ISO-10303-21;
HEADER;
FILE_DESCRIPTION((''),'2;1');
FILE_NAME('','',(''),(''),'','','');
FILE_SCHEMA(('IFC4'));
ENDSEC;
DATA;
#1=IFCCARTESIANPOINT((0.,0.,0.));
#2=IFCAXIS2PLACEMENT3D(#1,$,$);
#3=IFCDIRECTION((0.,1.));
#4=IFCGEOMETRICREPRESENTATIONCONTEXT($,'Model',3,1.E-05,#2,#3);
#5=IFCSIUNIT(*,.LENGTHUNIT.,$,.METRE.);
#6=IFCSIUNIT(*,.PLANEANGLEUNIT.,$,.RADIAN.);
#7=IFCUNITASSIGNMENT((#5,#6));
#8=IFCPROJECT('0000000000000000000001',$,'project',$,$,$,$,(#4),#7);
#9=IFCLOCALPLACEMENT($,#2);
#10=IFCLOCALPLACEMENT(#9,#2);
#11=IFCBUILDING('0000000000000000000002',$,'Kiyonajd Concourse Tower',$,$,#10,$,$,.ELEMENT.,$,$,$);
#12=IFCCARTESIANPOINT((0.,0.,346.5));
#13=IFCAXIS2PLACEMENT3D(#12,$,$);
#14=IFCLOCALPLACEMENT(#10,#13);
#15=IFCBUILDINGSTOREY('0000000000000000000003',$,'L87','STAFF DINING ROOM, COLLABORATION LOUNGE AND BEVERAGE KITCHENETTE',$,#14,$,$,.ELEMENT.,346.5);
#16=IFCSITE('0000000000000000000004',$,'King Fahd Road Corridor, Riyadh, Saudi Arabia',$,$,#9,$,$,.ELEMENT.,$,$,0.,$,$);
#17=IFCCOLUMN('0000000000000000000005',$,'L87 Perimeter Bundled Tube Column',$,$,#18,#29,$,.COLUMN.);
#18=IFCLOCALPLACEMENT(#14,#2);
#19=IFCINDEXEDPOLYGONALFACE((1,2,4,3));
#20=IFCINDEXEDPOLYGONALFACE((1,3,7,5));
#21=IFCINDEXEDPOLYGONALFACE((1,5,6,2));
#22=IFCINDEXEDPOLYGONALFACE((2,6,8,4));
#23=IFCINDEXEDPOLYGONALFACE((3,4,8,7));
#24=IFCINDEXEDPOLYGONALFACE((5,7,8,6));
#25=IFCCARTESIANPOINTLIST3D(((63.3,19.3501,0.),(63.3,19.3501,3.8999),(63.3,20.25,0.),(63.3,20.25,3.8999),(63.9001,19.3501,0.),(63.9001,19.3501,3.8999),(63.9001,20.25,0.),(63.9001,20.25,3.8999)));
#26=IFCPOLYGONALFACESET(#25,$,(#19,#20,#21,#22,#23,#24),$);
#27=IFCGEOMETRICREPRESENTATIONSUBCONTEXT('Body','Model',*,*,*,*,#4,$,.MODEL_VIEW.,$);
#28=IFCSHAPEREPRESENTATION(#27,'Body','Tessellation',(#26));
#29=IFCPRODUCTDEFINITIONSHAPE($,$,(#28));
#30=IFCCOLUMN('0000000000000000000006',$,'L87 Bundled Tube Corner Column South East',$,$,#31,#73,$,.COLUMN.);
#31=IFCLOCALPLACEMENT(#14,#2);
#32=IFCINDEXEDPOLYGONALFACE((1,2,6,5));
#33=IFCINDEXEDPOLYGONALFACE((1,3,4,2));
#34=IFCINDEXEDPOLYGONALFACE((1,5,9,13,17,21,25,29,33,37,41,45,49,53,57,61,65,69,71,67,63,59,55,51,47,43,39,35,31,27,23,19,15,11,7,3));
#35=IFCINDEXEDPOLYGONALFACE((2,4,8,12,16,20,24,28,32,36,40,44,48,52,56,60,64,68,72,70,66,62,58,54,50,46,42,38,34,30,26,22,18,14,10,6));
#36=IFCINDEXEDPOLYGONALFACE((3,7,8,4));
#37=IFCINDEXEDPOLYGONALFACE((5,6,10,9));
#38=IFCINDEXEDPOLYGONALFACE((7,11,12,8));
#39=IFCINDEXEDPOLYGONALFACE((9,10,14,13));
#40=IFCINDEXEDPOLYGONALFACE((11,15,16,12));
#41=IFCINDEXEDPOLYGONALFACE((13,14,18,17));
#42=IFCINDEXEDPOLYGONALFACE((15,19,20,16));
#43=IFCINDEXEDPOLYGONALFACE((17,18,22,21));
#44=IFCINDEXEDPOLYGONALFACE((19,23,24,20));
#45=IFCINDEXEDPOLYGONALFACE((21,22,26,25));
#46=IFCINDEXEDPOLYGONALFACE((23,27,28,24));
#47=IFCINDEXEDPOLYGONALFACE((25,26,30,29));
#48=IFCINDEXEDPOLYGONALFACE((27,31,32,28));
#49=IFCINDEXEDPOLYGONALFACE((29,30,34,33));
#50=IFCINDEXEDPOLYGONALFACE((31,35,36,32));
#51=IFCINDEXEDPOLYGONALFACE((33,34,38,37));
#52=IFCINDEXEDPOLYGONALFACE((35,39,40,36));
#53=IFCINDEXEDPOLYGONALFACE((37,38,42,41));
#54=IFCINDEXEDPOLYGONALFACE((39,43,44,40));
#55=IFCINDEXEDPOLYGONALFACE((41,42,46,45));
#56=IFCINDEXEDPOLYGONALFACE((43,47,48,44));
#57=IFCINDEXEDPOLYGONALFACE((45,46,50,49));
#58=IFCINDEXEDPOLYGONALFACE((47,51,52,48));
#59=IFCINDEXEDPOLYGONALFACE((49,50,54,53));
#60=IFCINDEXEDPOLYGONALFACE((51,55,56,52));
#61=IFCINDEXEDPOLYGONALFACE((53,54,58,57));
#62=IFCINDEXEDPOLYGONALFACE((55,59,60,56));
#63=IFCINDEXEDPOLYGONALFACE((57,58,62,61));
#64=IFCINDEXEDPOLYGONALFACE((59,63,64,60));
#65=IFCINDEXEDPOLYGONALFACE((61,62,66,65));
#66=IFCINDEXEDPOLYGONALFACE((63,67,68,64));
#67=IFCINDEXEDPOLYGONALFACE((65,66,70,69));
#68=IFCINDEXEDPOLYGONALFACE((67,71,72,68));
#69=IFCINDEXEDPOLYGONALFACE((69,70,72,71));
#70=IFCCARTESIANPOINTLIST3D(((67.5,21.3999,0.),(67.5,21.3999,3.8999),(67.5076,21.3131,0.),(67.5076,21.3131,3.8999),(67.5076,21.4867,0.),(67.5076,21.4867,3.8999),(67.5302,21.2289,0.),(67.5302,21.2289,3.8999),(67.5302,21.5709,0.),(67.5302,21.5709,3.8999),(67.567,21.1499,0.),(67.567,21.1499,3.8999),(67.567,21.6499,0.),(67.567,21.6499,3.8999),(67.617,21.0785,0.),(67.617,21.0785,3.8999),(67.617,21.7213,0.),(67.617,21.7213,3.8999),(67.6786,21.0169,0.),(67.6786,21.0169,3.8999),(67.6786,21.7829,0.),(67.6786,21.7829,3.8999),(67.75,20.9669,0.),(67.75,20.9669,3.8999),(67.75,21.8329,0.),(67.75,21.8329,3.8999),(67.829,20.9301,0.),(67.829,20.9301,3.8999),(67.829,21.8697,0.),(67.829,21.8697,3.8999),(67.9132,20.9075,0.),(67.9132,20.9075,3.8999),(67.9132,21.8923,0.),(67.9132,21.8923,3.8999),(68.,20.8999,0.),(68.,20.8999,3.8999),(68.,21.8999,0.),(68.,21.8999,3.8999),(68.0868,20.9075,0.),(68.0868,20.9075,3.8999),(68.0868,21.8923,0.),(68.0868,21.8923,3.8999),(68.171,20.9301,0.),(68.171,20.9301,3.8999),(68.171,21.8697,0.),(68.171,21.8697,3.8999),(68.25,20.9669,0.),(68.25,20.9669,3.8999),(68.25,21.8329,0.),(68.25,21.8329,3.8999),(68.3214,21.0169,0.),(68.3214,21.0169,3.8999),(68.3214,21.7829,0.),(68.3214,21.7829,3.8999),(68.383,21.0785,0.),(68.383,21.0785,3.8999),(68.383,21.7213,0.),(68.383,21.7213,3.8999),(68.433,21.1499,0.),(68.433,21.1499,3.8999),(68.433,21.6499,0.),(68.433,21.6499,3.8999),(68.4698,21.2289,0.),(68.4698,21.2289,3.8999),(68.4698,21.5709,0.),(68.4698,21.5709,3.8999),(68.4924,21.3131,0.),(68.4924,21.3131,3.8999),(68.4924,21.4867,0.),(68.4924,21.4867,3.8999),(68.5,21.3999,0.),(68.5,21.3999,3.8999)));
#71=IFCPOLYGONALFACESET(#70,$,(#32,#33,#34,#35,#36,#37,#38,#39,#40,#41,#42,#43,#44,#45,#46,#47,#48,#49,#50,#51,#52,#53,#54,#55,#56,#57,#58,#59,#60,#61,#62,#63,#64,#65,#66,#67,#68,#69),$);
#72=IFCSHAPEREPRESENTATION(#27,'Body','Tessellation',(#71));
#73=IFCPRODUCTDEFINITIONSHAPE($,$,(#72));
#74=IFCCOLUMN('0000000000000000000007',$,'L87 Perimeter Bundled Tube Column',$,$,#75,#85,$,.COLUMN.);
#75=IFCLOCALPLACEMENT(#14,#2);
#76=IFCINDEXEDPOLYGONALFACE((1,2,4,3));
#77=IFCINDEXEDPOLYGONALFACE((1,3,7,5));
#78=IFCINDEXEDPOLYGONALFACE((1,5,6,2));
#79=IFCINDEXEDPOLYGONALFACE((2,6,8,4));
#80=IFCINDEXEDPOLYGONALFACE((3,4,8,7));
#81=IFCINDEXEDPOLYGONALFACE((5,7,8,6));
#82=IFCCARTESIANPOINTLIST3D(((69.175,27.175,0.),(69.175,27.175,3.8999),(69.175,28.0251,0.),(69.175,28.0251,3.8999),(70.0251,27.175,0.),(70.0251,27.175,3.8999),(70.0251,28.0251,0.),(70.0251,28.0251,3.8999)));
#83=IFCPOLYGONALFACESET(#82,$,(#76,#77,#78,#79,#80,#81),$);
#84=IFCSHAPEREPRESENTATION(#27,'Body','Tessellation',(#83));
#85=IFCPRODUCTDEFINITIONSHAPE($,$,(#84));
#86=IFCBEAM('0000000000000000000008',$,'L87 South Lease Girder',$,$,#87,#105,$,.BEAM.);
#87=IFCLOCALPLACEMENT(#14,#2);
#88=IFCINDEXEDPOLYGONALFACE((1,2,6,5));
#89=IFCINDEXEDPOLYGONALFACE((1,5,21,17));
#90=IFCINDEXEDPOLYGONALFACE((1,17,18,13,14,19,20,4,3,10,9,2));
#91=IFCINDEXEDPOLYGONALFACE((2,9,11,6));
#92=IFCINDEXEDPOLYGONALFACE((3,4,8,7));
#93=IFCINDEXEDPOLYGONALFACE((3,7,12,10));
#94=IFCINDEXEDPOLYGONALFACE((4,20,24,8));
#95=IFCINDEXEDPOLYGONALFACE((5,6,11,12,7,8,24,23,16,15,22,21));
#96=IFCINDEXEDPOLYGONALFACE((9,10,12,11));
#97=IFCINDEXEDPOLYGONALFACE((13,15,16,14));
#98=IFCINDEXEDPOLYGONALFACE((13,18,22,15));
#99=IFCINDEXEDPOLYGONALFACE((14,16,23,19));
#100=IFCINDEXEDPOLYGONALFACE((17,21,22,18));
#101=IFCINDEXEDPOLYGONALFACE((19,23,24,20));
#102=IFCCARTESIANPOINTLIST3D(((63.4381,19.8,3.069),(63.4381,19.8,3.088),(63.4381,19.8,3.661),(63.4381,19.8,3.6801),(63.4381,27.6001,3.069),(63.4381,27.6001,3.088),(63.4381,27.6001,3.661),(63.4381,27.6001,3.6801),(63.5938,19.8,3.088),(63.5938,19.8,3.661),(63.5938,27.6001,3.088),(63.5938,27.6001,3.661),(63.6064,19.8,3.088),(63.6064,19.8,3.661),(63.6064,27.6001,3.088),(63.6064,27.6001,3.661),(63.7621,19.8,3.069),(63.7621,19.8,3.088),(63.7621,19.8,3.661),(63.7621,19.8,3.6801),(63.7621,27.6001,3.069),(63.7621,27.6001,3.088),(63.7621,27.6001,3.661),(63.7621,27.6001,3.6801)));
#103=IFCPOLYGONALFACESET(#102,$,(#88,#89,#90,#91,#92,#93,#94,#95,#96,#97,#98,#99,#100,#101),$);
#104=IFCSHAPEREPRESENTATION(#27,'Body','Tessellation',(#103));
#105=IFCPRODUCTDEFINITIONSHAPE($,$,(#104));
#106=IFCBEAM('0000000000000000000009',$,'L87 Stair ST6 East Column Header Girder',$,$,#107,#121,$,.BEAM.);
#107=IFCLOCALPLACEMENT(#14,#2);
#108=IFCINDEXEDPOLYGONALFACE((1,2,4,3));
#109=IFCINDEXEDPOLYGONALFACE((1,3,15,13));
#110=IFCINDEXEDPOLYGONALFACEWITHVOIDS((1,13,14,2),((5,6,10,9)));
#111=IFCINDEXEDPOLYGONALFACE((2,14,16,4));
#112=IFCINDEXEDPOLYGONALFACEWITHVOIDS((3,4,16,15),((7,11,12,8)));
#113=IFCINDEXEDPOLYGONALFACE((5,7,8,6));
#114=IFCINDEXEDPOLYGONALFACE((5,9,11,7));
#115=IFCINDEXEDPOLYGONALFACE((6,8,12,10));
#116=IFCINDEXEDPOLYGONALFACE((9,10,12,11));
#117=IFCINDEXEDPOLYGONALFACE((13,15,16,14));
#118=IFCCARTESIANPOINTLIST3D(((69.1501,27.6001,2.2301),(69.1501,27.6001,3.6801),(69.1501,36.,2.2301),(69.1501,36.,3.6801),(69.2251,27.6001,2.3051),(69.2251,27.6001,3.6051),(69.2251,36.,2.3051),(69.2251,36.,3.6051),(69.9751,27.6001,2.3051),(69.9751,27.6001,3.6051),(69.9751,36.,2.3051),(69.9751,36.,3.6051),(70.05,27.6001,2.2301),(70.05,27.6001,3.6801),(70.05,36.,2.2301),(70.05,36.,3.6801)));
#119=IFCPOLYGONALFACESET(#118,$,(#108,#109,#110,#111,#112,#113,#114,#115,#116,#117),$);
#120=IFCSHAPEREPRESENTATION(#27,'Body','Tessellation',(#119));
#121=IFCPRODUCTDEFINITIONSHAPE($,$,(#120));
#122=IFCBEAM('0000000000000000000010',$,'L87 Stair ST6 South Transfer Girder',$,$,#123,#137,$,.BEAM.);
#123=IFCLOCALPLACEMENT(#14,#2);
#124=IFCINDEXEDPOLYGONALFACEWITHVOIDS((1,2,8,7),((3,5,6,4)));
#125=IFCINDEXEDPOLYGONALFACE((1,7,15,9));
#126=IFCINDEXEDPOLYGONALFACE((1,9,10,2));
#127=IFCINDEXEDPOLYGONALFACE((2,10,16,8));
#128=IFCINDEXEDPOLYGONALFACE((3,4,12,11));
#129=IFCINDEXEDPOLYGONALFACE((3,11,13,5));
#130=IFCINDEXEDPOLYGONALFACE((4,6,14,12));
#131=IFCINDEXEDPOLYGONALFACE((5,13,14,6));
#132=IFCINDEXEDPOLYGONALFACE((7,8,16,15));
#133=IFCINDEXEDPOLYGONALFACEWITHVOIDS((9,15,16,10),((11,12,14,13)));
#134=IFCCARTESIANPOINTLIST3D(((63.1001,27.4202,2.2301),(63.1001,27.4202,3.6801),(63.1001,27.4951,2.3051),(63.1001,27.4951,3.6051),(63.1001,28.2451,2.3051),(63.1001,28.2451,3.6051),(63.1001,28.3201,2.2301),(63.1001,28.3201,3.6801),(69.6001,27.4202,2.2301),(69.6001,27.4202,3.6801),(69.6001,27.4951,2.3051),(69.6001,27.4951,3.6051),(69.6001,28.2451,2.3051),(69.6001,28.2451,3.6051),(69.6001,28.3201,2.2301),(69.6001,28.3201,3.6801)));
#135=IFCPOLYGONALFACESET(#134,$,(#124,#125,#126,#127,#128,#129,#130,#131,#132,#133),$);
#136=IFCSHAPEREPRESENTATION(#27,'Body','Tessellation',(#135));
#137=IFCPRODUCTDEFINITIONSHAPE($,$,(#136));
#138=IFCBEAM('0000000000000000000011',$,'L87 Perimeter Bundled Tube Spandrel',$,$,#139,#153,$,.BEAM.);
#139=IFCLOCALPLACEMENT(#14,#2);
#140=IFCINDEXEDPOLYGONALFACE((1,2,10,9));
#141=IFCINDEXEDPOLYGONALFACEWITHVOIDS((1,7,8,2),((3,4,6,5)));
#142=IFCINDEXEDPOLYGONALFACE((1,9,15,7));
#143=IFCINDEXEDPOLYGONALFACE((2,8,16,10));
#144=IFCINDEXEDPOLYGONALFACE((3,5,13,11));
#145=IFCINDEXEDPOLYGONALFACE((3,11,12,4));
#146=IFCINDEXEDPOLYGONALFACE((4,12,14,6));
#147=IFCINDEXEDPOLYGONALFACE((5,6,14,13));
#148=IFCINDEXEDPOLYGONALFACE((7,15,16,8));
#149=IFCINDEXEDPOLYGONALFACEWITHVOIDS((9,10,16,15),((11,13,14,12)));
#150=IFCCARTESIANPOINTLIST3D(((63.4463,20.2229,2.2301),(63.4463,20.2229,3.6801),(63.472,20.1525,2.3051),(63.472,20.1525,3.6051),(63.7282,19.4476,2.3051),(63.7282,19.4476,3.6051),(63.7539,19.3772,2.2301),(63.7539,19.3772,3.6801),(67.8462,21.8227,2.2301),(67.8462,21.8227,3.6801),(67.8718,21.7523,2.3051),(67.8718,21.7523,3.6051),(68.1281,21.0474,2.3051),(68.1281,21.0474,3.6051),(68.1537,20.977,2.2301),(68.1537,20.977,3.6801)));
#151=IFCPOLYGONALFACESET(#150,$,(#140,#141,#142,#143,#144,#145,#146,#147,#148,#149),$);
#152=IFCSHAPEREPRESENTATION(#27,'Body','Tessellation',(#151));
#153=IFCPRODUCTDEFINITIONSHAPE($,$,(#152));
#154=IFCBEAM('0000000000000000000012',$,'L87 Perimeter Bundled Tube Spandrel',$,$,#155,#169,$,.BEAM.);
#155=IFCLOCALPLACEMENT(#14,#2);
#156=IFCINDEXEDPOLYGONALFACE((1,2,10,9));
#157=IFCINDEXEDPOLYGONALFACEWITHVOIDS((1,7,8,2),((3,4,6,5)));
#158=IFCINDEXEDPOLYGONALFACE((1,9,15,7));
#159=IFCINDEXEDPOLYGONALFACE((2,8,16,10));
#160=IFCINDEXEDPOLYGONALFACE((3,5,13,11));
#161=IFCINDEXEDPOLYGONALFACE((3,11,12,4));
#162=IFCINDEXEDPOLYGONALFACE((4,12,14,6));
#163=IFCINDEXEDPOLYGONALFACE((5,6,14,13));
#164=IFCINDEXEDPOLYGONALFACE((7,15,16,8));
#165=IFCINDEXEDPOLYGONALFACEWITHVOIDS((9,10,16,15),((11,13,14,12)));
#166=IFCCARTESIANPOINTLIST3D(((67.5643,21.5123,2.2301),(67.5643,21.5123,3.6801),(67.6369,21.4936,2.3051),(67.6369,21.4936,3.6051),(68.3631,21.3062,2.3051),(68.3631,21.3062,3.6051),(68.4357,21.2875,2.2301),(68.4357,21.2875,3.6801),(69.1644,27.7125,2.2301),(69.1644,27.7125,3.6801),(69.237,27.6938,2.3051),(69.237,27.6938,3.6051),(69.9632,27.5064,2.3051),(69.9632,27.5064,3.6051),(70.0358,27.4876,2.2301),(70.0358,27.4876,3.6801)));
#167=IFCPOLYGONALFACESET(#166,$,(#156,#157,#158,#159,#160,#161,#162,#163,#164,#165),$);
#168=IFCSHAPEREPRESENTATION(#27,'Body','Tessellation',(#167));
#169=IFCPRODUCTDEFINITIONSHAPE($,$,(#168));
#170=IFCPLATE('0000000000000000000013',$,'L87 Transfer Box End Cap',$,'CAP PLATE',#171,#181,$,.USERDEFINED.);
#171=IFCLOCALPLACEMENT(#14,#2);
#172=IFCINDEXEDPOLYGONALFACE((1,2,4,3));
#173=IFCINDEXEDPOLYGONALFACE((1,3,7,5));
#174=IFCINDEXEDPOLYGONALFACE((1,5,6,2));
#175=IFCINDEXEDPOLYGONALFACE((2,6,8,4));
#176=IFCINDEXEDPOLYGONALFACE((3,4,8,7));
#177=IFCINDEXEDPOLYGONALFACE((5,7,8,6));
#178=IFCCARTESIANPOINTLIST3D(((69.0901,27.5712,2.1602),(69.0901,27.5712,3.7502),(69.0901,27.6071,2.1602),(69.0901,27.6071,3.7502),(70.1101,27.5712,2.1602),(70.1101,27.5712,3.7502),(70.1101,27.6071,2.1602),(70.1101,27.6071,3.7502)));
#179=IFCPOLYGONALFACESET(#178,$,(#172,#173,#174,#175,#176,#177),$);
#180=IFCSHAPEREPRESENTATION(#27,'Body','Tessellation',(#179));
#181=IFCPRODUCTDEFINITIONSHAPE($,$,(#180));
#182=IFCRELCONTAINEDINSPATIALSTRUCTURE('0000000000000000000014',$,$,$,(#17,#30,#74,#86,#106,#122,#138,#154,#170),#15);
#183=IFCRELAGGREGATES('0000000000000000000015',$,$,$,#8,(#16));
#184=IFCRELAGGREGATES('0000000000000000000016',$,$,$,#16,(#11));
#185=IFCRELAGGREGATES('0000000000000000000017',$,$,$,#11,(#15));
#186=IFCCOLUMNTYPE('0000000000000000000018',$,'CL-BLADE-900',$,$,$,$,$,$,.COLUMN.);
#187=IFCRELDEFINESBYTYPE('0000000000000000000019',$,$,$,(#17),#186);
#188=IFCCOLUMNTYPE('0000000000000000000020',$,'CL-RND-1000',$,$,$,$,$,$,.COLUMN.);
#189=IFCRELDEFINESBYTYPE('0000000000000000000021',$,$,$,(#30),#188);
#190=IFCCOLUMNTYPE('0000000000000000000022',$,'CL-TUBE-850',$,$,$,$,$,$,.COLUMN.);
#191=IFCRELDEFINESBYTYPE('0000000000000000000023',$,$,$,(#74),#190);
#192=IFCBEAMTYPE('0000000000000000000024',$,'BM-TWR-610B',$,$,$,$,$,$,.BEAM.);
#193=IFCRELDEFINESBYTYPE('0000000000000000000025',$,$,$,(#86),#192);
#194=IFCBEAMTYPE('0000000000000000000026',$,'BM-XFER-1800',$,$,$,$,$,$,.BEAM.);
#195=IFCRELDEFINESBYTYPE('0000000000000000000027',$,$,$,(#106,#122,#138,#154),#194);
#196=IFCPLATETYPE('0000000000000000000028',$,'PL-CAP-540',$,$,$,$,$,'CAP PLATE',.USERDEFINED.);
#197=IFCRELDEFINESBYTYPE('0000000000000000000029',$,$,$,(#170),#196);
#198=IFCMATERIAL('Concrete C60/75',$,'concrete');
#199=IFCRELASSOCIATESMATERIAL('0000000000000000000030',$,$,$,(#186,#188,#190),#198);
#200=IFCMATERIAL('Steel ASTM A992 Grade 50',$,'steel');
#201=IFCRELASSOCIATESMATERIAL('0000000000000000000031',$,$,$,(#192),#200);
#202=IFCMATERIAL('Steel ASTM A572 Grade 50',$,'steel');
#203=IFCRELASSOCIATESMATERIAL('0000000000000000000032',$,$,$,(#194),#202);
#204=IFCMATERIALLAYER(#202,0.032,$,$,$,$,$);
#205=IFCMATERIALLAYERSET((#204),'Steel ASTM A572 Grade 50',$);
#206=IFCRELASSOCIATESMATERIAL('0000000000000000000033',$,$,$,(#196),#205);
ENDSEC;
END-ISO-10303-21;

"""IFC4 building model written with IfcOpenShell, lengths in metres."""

from ifc_helpers import new_model, si_unit, direction, frame, origin, origin_2d, place, context, subcontext, project, spatial, rectangle, hollow_rectangle, circle, i_section, extrude, material, layer, layer_set, material_profile, profile_set, type_object, element, save


model = new_model("IFC4")

# Units and contexts
model_context = context("Model", 3, precision=1e-05, world=origin(), true_north=direction((0.0, 1.0)))
body_context = subcontext(model_context, "Body", "Model", "MODEL_VIEW")
ifc_project = project(units=[si_unit("LENGTHUNIT", "METRE"), si_unit("PLANEANGLEUNIT", "RADIAN")], contexts=[model_context])

# Site, building, storey
site_placement = place(None, origin())
site = spatial("IfcSite", under=ifc_project, at=site_placement, Name="King Fahd Road Corridor, Riyadh, Saudi Arabia", CompositionType="ELEMENT", RefElevation=0.0)
building_placement = place(site_placement, origin())
building = spatial("IfcBuilding", under=site, at=building_placement, Name="Kiyonajd Concourse Tower", CompositionType="ELEMENT")
storey_placement = place(building_placement, frame((0.0, 0.0, 346.5)))
storey = spatial("IfcBuildingStorey", under=building, at=storey_placement, Name="L87", Description="STAFF DINING ROOM, COLLABORATION LOUNGE AND BEVERAGE KITCHENETTE", CompositionType="ELEMENT", Elevation=346.5)

# Columns
ifc_material_1 = material(Name="Concrete C60/75", Category="concrete")
ifc_material_profile_1 = material_profile(ifc_material_1, rectangle(XDim=0.6001, YDim=0.8999, at=origin_2d()), Name="RC-900x600")
ifc_profile_set_1 = profile_set([ifc_material_profile_1], Name="Concrete C60/75")
column_type_1 = type_object("IfcColumnType", Name="CL-BLADE-900", PredefinedType="COLUMN", material=ifc_profile_set_1)
column_1_placement = place(storey_placement, frame((63.6001, 19.8, 0.0), z_axis=(0.0, 0.0, 1.0), x_axis=(1.0, 0.0, 0.0)))
element("IfcColumn", 1, at=column_1_placement, inside=storey, type_object=column_type_1, Name="L87 Perimeter Bundled Tube Column", PredefinedType="COLUMN", context=body_context, shape_type="SweptSolid", body=[
    extrude(rectangle(XDim=0.6001, YDim=0.8999, at=origin_2d()), origin(), (0.0, 0.0, 1.0), 3.8999),
])
ifc_material_profile_2 = material_profile(ifc_material_1, circle(Radius=0.5, at=origin_2d()), Name="RCC-D1000")
ifc_profile_set_2 = profile_set([ifc_material_profile_2], Name="Concrete C60/75")
column_type_2 = type_object("IfcColumnType", Name="CL-RND-1000", PredefinedType="COLUMN", material=ifc_profile_set_2)
column_2_placement = place(storey_placement, frame((68.0, 21.3999, 0.0), z_axis=(0.0, 0.0, 1.0), x_axis=(1.0, 0.0, 0.0)))
element("IfcColumn", 2, at=column_2_placement, inside=storey, type_object=column_type_2, Name="L87 Bundled Tube Corner Column South East", PredefinedType="COLUMN", context=body_context, shape_type="SweptSolid", body=[
    extrude(circle(Radius=0.5, at=origin_2d()), origin(), (0.0, 0.0, 1.0), 3.8999),
])
ifc_material_profile_3 = material_profile(ifc_material_1, rectangle(XDim=0.8501, YDim=0.8501, at=origin_2d()), Name="RC-850x850")
ifc_profile_set_3 = profile_set([ifc_material_profile_3], Name="Concrete C60/75")
column_type_3 = type_object("IfcColumnType", Name="CL-TUBE-850", PredefinedType="COLUMN", material=ifc_profile_set_3)
column_3_placement = place(storey_placement, frame((69.6001, 27.6001, 0.0), z_axis=(0.0, 0.0, 1.0), x_axis=(1.0, 0.0, 0.0)))
element("IfcColumn", 3, at=column_3_placement, inside=storey, type_object=column_type_3, Name="L87 Perimeter Bundled Tube Column", PredefinedType="COLUMN", context=body_context, shape_type="SweptSolid", body=[
    extrude(rectangle(XDim=0.8501, YDim=0.8501, at=origin_2d()), origin(), (0.0, 0.0, 1.0), 3.8999),
])

# Beams
ifc_material_2 = material(Name="Steel ASTM A992 Grade 50", Category="steel")
ifc_material_profile_4 = material_profile(ifc_material_2, i_section(OverallWidth=0.324, OverallDepth=0.6111, WebThickness=0.0127, FlangeThickness=0.019, at=origin_2d()), Name="W610X155")
ifc_profile_set_4 = profile_set([ifc_material_profile_4], Name="Steel ASTM A992 Grade 50")
beam_type_1 = type_object("IfcBeamType", Name="BM-TWR-610B", PredefinedType="BEAM", material=ifc_profile_set_4)
beam_1_placement = place(storey_placement, frame((63.6001, 19.8, 3.3745), z_axis=(0.0, 1.0, 0.0), x_axis=(-1.0, 0.0, 0.0)))
element("IfcBeam", 4, at=beam_1_placement, inside=storey, type_object=beam_type_1, Name="L87 South Lease Girder", PredefinedType="BEAM", context=body_context, shape_type="SweptSolid", body=[
    extrude(i_section(OverallWidth=0.324, OverallDepth=0.6111, WebThickness=0.0127, FlangeThickness=0.019, at=origin_2d()), origin(), (0.0, 0.0, 1.0), 7.8),
])
ifc_material_3 = material(Name="Steel ASTM A572 Grade 50", Category="steel")
ifc_material_profile_5 = material_profile(ifc_material_3, hollow_rectangle(XDim=0.8999, YDim=1.45, WallThickness=0.075, at=origin_2d()), Name="BOX-1450x900x75")
ifc_profile_set_5 = profile_set([ifc_material_profile_5], Name="Steel ASTM A572 Grade 50")
beam_type_2 = type_object("IfcBeamType", Name="BM-XFER-1800", PredefinedType="BEAM", material=ifc_profile_set_5)
beam_2_placement = place(storey_placement, frame((69.6001, 27.6001, 2.9551), z_axis=(0.0, 1.0, 0.0), x_axis=(-1.0, 0.0, 0.0)))
element("IfcBeam", 5, at=beam_2_placement, inside=storey, type_object=beam_type_2, Name="L87 Stair ST6 East Column Header Girder", PredefinedType="BEAM", context=body_context, shape_type="SweptSolid", body=[
    extrude(hollow_rectangle(XDim=0.8999, YDim=1.45, WallThickness=0.075, at=origin_2d()), origin(), (0.0, 0.0, 1.0), 8.3999),
])
beam_3_placement = place(storey_placement, frame((63.1001, 27.8701, 2.9551), z_axis=(1.0, 0.0, 0.0), x_axis=(0.0, 1.0, 0.0)))
element("IfcBeam", 6, at=beam_3_placement, inside=storey, type_object=beam_type_2, Name="L87 Stair ST6 South Transfer Girder", PredefinedType="BEAM", context=body_context, shape_type="SweptSolid", body=[
    extrude(hollow_rectangle(XDim=0.8999, YDim=1.45, WallThickness=0.075, at=origin_2d()), origin(), (0.0, 0.0, 1.0), 6.5),
])
beam_4_placement = place(storey_placement, frame((63.6001, 19.8, 2.9551), z_axis=(0.939801, 0.341722, 0.0), x_axis=(-0.341722, 0.939801, 0.0)))
element("IfcBeam", 7, at=beam_4_placement, inside=storey, type_object=beam_type_2, Name="L87 Perimeter Bundled Tube Spandrel", PredefinedType="BEAM", context=body_context, shape_type="SweptSolid", body=[
    extrude(hollow_rectangle(XDim=0.8999, YDim=1.45, WallThickness=0.075, at=origin_2d()), origin(), (0.0, 0.0, 1.0), 4.6816),
])
beam_5_placement = place(storey_placement, frame((68.0, 21.3999, 2.9551), z_axis=(0.249885, 0.968276, 0.0), x_axis=(-0.968276, 0.249885, 0.0)))
element("IfcBeam", 8, at=beam_5_placement, inside=storey, type_object=beam_type_2, Name="L87 Perimeter Bundled Tube Spandrel", PredefinedType="BEAM", context=body_context, shape_type="SweptSolid", body=[
    extrude(hollow_rectangle(XDim=0.8999, YDim=1.45, WallThickness=0.075, at=origin_2d()), origin(), (0.0, 0.0, 1.0), 6.4033),
])

# Plate
ifc_layer_1 = layer(ifc_material_3, 0.032)
ifc_layer_set_1 = layer_set([ifc_layer_1], Name="Steel ASTM A572 Grade 50")
plate_type = type_object("IfcPlateType", Name="PL-CAP-540", ElementType="CAP PLATE", PredefinedType="USERDEFINED", material=ifc_layer_set_1)
for number, where, z_axis, x_axis, name in (
    (9, (69.6001, 27.5891, 2.1602), (0.0, 0.0, 1.0), (0.0, -1.0, 0.0), "L87 Transfer Box End Cap"),
):
    element("IfcPlate", number, at=place(storey_placement, frame(where, z_axis=z_axis, x_axis=x_axis)), inside=storey, type_object=plate_type, Name=name, ObjectType="CAP PLATE", PredefinedType="USERDEFINED", context=body_context, shape_type="SweptSolid", body=[
        extrude(rectangle(XDim=0.0359, YDim=1.02, at=origin_2d()), origin(), (0.0, 0.0, 1.0), 1.5901),
    ])

save(model, "model.ifc")
